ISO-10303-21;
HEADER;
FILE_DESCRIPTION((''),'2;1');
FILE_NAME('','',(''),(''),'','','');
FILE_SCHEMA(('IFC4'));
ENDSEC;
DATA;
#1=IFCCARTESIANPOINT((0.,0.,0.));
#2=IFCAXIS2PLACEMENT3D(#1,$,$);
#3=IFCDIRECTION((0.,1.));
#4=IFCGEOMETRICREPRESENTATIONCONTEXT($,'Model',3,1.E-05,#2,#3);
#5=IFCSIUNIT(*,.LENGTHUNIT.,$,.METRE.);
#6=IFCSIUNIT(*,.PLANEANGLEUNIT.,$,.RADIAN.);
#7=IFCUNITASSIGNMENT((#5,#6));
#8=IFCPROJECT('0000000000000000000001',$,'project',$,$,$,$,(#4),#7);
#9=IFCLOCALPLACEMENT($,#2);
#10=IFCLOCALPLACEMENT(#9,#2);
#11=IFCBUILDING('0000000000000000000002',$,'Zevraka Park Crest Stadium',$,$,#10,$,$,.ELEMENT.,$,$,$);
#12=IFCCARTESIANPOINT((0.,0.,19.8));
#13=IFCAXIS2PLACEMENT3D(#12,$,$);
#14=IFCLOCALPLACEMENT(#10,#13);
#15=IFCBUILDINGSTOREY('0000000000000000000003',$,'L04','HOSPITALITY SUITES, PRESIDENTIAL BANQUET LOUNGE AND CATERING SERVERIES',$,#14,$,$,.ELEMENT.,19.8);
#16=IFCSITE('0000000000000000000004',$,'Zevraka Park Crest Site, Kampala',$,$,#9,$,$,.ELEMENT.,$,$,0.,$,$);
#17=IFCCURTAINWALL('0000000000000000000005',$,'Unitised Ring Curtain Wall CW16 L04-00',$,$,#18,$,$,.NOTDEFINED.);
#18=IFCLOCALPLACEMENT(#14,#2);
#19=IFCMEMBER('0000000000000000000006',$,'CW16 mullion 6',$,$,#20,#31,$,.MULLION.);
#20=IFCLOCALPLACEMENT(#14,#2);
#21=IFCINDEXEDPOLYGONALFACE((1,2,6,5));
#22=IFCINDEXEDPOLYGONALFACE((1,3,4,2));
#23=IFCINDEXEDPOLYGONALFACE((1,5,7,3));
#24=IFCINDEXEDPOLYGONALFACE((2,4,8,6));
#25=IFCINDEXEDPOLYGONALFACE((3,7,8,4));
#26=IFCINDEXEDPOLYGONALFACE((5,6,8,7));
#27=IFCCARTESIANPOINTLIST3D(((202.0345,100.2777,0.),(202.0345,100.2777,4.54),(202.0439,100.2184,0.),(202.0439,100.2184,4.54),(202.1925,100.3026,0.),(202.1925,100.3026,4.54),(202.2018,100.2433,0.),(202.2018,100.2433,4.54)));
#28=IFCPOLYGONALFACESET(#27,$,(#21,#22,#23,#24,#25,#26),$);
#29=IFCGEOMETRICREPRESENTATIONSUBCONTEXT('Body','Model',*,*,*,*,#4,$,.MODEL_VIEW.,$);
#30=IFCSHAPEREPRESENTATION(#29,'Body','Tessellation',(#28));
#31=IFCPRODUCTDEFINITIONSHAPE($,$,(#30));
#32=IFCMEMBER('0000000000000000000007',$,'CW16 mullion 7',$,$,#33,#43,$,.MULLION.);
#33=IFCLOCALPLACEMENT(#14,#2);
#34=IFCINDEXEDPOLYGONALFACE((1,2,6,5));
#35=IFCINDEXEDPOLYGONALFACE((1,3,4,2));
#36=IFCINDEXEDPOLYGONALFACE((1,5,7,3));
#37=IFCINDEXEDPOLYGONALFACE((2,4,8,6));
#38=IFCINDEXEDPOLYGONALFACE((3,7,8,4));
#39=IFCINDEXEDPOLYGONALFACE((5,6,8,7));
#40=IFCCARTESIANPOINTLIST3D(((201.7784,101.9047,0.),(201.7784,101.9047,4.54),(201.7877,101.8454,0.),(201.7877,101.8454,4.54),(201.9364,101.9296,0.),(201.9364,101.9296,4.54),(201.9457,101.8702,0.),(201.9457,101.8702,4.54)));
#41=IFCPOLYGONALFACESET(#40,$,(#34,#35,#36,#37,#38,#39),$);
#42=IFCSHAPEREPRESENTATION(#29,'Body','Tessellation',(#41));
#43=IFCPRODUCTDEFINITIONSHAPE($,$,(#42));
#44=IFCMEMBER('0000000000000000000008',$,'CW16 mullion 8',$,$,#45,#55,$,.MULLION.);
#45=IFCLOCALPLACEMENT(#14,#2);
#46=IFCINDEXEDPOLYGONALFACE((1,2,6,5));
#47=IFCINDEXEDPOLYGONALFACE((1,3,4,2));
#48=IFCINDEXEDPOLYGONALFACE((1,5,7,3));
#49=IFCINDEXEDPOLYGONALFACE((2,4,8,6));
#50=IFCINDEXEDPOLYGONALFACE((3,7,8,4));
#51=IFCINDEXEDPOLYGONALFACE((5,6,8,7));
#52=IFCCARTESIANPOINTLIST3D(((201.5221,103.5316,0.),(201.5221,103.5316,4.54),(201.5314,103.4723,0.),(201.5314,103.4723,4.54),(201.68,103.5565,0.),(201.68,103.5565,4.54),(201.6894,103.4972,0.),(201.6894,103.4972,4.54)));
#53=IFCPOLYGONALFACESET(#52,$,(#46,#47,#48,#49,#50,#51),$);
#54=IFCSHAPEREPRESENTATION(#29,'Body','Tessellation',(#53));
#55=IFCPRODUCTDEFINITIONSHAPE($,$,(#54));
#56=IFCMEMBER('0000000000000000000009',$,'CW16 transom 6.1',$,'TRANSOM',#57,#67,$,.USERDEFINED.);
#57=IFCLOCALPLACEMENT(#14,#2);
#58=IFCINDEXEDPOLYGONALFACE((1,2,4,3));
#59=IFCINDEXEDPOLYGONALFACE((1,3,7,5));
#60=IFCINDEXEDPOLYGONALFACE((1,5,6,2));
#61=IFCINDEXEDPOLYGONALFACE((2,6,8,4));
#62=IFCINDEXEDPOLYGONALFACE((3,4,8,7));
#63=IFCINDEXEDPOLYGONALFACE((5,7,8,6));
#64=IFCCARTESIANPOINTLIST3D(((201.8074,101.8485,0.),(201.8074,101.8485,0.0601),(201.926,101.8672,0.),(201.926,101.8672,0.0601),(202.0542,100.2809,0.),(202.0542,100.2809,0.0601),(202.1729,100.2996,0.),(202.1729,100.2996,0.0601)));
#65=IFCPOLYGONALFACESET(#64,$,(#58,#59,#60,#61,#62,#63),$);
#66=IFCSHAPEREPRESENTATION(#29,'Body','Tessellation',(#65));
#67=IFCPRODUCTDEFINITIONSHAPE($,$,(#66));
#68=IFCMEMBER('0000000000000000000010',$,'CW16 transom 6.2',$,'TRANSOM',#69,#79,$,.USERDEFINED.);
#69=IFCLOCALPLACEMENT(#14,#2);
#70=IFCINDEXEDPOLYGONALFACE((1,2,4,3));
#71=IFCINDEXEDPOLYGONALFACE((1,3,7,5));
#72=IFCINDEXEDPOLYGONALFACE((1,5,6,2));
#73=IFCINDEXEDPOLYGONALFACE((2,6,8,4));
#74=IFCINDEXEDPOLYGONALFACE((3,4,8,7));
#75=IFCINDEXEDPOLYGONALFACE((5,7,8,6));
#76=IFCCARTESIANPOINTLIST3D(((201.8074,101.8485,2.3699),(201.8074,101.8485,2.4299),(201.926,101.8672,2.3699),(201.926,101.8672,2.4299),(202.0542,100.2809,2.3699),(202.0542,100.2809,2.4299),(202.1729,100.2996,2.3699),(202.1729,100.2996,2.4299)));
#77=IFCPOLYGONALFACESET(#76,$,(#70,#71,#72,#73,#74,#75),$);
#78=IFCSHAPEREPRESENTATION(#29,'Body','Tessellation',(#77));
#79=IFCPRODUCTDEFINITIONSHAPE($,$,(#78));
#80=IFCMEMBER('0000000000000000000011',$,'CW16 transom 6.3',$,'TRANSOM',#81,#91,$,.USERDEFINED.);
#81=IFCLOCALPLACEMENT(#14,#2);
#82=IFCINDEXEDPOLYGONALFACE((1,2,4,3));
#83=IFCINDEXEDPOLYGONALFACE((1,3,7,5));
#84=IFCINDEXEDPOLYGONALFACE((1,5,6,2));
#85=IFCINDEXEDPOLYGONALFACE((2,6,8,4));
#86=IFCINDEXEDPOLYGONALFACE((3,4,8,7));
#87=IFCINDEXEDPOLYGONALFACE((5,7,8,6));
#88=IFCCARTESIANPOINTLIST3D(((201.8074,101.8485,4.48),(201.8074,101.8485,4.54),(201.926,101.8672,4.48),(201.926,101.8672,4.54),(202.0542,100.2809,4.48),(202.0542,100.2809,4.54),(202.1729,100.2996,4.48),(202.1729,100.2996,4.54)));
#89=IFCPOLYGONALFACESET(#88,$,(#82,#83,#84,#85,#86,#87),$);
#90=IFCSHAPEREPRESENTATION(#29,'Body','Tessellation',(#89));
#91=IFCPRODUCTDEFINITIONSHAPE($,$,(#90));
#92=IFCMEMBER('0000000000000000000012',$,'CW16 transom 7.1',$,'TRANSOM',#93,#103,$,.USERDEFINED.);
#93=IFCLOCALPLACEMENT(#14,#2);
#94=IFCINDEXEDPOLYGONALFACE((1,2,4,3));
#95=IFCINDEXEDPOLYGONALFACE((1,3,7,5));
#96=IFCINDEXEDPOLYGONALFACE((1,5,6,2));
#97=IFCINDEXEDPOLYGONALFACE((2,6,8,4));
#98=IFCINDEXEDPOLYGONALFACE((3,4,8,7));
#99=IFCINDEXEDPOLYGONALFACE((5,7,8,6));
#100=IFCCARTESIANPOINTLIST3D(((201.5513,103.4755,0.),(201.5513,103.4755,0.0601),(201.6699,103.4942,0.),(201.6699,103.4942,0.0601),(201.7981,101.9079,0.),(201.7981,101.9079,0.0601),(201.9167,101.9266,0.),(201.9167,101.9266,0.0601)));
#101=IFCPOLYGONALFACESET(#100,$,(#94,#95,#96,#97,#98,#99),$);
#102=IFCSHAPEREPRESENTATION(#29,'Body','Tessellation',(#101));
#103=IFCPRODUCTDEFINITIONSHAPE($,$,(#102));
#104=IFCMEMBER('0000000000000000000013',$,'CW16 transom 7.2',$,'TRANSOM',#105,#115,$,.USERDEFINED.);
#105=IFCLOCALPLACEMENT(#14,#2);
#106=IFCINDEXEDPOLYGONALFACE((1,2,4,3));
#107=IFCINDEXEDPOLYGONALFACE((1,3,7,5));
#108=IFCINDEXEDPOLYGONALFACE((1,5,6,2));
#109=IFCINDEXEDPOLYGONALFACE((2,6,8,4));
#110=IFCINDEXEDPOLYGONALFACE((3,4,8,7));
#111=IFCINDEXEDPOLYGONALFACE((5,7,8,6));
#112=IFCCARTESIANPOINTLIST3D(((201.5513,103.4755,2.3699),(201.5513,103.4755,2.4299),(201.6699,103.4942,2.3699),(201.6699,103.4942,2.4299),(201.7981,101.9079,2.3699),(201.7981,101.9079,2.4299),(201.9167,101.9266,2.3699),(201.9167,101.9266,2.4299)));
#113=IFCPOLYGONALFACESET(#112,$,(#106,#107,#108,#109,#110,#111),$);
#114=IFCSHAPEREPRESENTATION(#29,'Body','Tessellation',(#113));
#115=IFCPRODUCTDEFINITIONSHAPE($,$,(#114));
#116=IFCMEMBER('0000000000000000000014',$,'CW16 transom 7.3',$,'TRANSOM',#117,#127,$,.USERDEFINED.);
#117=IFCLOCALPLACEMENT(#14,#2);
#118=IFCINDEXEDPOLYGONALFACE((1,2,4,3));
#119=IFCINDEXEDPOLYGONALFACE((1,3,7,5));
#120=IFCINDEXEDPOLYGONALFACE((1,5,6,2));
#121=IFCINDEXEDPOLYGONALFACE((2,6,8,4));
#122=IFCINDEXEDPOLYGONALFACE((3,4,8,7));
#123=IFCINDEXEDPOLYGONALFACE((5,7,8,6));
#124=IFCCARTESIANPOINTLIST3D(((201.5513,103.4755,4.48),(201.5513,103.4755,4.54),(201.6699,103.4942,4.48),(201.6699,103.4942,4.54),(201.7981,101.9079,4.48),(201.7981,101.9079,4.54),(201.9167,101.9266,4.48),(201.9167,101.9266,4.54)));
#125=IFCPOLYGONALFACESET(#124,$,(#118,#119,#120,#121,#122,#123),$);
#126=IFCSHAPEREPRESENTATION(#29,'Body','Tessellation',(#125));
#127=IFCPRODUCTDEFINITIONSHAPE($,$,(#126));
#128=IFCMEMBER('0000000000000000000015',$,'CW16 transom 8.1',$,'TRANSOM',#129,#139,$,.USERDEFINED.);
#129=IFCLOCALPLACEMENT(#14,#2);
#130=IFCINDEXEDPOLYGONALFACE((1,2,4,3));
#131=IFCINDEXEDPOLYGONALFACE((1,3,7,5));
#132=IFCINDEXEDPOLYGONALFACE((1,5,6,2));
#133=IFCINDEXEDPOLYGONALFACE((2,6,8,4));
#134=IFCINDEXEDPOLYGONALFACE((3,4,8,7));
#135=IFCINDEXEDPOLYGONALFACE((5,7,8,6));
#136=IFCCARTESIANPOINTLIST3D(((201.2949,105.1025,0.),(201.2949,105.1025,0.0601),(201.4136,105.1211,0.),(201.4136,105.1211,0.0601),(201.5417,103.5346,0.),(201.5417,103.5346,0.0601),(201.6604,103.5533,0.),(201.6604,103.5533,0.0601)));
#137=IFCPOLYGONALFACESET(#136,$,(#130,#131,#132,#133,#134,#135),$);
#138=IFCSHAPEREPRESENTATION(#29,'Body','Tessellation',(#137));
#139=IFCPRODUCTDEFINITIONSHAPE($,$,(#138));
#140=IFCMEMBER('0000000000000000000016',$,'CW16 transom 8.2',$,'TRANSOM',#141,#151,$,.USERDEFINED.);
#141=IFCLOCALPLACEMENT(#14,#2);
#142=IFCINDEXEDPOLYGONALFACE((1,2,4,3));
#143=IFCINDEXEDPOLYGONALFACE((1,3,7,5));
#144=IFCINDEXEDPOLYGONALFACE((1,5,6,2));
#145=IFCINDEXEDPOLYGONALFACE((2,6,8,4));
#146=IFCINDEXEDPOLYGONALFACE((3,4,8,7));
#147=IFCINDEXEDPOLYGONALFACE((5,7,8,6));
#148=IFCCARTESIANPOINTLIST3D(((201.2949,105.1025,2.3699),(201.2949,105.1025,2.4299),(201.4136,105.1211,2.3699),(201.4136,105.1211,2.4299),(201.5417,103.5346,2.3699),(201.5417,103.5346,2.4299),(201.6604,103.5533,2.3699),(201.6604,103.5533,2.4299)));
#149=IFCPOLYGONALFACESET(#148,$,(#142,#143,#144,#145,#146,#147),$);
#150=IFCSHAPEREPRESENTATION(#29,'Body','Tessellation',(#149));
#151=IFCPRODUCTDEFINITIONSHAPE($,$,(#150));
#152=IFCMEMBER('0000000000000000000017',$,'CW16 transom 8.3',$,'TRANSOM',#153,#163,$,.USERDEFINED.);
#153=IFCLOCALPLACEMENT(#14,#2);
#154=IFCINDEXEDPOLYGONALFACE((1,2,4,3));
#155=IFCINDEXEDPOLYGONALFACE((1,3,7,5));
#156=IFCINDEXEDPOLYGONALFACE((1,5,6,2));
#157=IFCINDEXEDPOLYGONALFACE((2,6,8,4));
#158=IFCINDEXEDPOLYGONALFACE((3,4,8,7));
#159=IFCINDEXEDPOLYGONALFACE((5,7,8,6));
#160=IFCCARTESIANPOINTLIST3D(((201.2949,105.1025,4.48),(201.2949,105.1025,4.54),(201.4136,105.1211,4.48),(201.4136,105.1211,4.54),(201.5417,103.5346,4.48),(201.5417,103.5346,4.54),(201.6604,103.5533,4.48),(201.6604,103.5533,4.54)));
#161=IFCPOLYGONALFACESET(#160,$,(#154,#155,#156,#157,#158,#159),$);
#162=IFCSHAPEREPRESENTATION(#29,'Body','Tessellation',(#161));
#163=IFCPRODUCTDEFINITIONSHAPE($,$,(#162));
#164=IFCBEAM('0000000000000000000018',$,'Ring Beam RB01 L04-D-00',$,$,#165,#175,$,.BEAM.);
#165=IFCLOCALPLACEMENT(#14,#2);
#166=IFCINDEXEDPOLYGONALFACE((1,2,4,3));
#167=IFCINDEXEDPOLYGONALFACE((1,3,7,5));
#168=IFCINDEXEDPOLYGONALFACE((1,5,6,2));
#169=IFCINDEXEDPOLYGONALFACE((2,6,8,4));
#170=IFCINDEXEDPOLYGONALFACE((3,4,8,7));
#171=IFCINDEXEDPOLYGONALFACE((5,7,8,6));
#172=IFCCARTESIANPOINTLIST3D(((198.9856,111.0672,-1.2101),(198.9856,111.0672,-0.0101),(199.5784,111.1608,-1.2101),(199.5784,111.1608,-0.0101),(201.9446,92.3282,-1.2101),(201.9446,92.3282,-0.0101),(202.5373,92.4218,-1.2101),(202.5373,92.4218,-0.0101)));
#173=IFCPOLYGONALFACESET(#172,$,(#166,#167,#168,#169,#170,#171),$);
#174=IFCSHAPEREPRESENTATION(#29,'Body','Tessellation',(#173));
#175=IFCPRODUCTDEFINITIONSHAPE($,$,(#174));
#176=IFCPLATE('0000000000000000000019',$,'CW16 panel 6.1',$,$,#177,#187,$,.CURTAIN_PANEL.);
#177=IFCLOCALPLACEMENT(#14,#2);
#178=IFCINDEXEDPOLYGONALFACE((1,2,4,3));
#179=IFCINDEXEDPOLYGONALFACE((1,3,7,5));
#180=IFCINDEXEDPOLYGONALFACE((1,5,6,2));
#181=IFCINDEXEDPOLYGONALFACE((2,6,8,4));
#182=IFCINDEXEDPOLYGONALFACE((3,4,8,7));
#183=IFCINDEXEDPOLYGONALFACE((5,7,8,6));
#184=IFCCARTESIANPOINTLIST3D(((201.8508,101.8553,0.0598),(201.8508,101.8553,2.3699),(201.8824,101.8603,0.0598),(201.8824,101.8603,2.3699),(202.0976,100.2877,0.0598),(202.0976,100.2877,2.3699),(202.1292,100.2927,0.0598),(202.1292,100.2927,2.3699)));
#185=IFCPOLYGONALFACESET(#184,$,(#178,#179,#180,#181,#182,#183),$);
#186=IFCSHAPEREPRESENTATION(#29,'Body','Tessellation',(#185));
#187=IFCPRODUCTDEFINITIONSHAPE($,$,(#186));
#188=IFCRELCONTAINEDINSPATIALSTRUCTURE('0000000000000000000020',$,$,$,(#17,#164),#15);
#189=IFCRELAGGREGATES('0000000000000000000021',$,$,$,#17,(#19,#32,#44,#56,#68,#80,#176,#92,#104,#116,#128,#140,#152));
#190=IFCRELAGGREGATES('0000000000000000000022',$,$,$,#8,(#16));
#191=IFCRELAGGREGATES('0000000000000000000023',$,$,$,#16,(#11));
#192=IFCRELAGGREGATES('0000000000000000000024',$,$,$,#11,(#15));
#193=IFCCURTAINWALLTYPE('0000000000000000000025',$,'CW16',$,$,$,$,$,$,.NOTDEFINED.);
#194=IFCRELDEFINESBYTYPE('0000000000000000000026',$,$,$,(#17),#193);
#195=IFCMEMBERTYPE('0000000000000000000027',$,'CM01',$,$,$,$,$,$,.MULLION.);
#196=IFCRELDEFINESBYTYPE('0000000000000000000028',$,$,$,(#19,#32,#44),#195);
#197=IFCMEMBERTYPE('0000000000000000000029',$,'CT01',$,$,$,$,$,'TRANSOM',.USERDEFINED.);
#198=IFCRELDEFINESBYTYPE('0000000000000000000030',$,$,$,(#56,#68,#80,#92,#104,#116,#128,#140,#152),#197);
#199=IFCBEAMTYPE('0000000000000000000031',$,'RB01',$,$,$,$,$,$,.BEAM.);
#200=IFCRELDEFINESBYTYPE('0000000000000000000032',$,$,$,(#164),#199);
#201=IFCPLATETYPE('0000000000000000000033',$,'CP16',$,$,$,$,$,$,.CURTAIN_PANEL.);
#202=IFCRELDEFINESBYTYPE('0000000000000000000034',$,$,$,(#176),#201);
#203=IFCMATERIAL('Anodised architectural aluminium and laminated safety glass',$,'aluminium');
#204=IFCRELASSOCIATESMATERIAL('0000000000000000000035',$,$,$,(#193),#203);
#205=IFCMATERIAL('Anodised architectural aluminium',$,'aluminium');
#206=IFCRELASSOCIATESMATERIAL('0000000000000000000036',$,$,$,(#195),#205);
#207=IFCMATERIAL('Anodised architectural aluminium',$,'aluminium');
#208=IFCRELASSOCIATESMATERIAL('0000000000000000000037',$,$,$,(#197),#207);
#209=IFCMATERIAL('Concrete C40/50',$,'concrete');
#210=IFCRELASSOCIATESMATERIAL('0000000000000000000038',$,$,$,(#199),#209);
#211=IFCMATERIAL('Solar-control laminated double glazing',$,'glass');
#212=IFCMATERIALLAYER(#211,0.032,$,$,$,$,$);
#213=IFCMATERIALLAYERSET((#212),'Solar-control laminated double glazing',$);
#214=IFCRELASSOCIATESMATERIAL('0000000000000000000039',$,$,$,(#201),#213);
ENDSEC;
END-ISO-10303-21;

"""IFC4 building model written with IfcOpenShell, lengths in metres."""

from ifc_helpers import new_model, si_unit, direction, frame, origin, origin_2d, place, context, subcontext, project, spatial, rectangle, extrude, material, layer, layer_set, material_profile, profile_set, type_object, element, aggregate, save


model = new_model("IFC4")

# Units and contexts
model_context = context("Model", 3, precision=1e-05, world=origin(), true_north=direction((0.0, 1.0)))
body_context = subcontext(model_context, "Body", "Model", "MODEL_VIEW")
ifc_project = project(units=[si_unit("LENGTHUNIT", "METRE"), si_unit("PLANEANGLEUNIT", "RADIAN")], contexts=[model_context])

# Site, building, storey
site_placement = place(None, origin())
site = spatial("IfcSite", under=ifc_project, at=site_placement, Name="Zevraka Park Crest Site, Kampala", CompositionType="ELEMENT", RefElevation=0.0)
building_placement = place(site_placement, origin())
building = spatial("IfcBuilding", under=site, at=building_placement, Name="Zevraka Park Crest Stadium", CompositionType="ELEMENT")
storey_placement = place(building_placement, frame((0.0, 0.0, 19.8)))
storey = spatial("IfcBuildingStorey", under=building, at=storey_placement, Name="L04", Description="HOSPITALITY SUITES, PRESIDENTIAL BANQUET LOUNGE AND CATERING SERVERIES", CompositionType="ELEMENT", Elevation=19.8)

# Curtain wall, members
ifc_material_1 = material(Name="Anodised architectural aluminium and laminated safety glass", Category="aluminium")
curtain_wall_type = type_object("IfcCurtainWallType", Name="CW16", PredefinedType="NOTDEFINED", material=ifc_material_1)
curtain_wall_placement = place(storey_placement, origin())
curtain_wall = element("IfcCurtainWall", 1, at=curtain_wall_placement, inside=storey, type_object=curtain_wall_type, Name="Unitised Ring Curtain Wall CW16 L04-00", PredefinedType="NOTDEFINED")
ifc_material_2 = material(Name="Anodised architectural aluminium", Category="aluminium")
ifc_material_profile_1 = material_profile(ifc_material_2, rectangle(XDim=0.1599, YDim=0.0601, at=origin_2d()), Name="ALU MULLION 160x60")
ifc_profile_set_1 = profile_set([ifc_material_profile_1], Name="Anodised architectural aluminium")
member_type_1 = type_object("IfcMemberType", Name="CM01", PredefinedType="MULLION", material=ifc_profile_set_1)
member_1_placement = place(storey_placement, frame((202.1182, 100.2605, 0.0), z_axis=(0.0, 0.0, 1.0), x_axis=(-0.98783, -0.155539, 0.0)))
member_1 = element("IfcMember", 2, at=member_1_placement, type_object=member_type_1, Name="CW16 mullion 6", PredefinedType="MULLION", context=body_context, shape_type="SweptSolid", body=[
    extrude(rectangle(XDim=0.1599, YDim=0.0601, at=origin_2d()), origin(), (0.0, 0.0, 1.0), 4.54),
])
member_2_placement = place(storey_placement, frame((201.8621, 101.8875, 0.0), z_axis=(0.0, 0.0, 1.0), x_axis=(-0.98783, -0.155539, 0.0)))
member_2 = element("IfcMember", 3, at=member_2_placement, type_object=member_type_1, Name="CW16 mullion 7", PredefinedType="MULLION", context=body_context, shape_type="SweptSolid", body=[
    extrude(rectangle(XDim=0.1599, YDim=0.0601, at=origin_2d()), origin(), (0.0, 0.0, 1.0), 4.54),
])
member_3_placement = place(storey_placement, frame((201.6057, 103.5144, 0.0), z_axis=(0.0, 0.0, 1.0), x_axis=(-0.98783, -0.155539, 0.0)))
member_3 = element("IfcMember", 4, at=member_3_placement, type_object=member_type_1, Name="CW16 mullion 8", PredefinedType="MULLION", context=body_context, shape_type="SweptSolid", body=[
    extrude(rectangle(XDim=0.1599, YDim=0.0601, at=origin_2d()), origin(), (0.0, 0.0, 1.0), 4.54),
])
ifc_material_3 = material(Name="Anodised architectural aluminium", Category="aluminium")
ifc_material_profile_2 = material_profile(ifc_material_3, rectangle(XDim=0.1201, YDim=0.0601, at=origin_2d()), Name="ALU TRANSOM 120x60")
ifc_profile_set_2 = profile_set([ifc_material_profile_2], Name="Anodised architectural aluminium")
member_type_2 = type_object("IfcMemberType", Name="CT01", ElementType="TRANSOM", PredefinedType="USERDEFINED", material=ifc_profile_set_2)
member_4_placement = place(storey_placement, frame((202.1135, 100.2903, 0.03), z_axis=(-0.155536, 0.98783, 0.0), x_axis=(-0.98783, -0.155536, 0.0)))
member_4 = element("IfcMember", 5, at=member_4_placement, type_object=member_type_2, Name="CW16 transom 6.1", ObjectType="TRANSOM", PredefinedType="USERDEFINED", context=body_context, shape_type="SweptSolid", body=[
    extrude(rectangle(XDim=0.1201, YDim=0.0601, at=origin_2d()), origin(), (0.0, 0.0, 1.0), 1.5869),
])
member_5_placement = place(storey_placement, frame((202.1135, 100.2903, 2.3999), z_axis=(-0.155536, 0.98783, 0.0), x_axis=(-0.98783, -0.155536, 0.0)))
member_5 = element("IfcMember", 6, at=member_5_placement, type_object=member_type_2, Name="CW16 transom 6.2", ObjectType="TRANSOM", PredefinedType="USERDEFINED", context=body_context, shape_type="SweptSolid", body=[
    extrude(rectangle(XDim=0.1201, YDim=0.0601, at=origin_2d()), origin(), (0.0, 0.0, 1.0), 1.5869),
])
member_6_placement = place(storey_placement, frame((202.1135, 100.2903, 4.51), z_axis=(-0.155536, 0.98783, 0.0), x_axis=(-0.98783, -0.155536, 0.0)))
member_6 = element("IfcMember", 7, at=member_6_placement, type_object=member_type_2, Name="CW16 transom 6.3", ObjectType="TRANSOM", PredefinedType="USERDEFINED", context=body_context, shape_type="SweptSolid", body=[
    extrude(rectangle(XDim=0.1201, YDim=0.0601, at=origin_2d()), origin(), (0.0, 0.0, 1.0), 1.5869),
])
member_7_placement = place(storey_placement, frame((201.8574, 101.9172, 0.03), z_axis=(-0.155536, 0.98783, 0.0), x_axis=(-0.98783, -0.155536, 0.0)))
member_7 = element("IfcMember", 8, at=member_7_placement, type_object=member_type_2, Name="CW16 transom 7.1", ObjectType="TRANSOM", PredefinedType="USERDEFINED", context=body_context, shape_type="SweptSolid", body=[
    extrude(rectangle(XDim=0.1201, YDim=0.0601, at=origin_2d()), origin(), (0.0, 0.0, 1.0), 1.5869),
])
member_8_placement = place(storey_placement, frame((201.8574, 101.9172, 2.3999), z_axis=(-0.155536, 0.98783, 0.0), x_axis=(-0.98783, -0.155536, 0.0)))
member_8 = element("IfcMember", 9, at=member_8_placement, type_object=member_type_2, Name="CW16 transom 7.2", ObjectType="TRANSOM", PredefinedType="USERDEFINED", context=body_context, shape_type="SweptSolid", body=[
    extrude(rectangle(XDim=0.1201, YDim=0.0601, at=origin_2d()), origin(), (0.0, 0.0, 1.0), 1.5869),
])
member_9_placement = place(storey_placement, frame((201.8574, 101.9172, 4.51), z_axis=(-0.155536, 0.98783, 0.0), x_axis=(-0.98783, -0.155536, 0.0)))
member_9 = element("IfcMember", 10, at=member_9_placement, type_object=member_type_2, Name="CW16 transom 7.3", ObjectType="TRANSOM", PredefinedType="USERDEFINED", context=body_context, shape_type="SweptSolid", body=[
    extrude(rectangle(XDim=0.1201, YDim=0.0601, at=origin_2d()), origin(), (0.0, 0.0, 1.0), 1.5869),
])
member_10_placement = place(storey_placement, frame((201.6011, 103.5439, 0.03), z_axis=(-0.155512, 0.987834, 0.0), x_axis=(-0.987834, -0.155512, 0.0)))
member_10 = element("IfcMember", 11, at=member_10_placement, type_object=member_type_2, Name="CW16 transom 8.1", ObjectType="TRANSOM", PredefinedType="USERDEFINED", context=body_context, shape_type="SweptSolid", body=[
    extrude(rectangle(XDim=0.1201, YDim=0.0601, at=origin_2d()), origin(), (0.0, 0.0, 1.0), 1.5872),
])
member_11_placement = place(storey_placement, frame((201.6011, 103.5439, 2.3999), z_axis=(-0.155512, 0.987834, 0.0), x_axis=(-0.987834, -0.155512, 0.0)))
member_11 = element("IfcMember", 12, at=member_11_placement, type_object=member_type_2, Name="CW16 transom 8.2", ObjectType="TRANSOM", PredefinedType="USERDEFINED", context=body_context, shape_type="SweptSolid", body=[
    extrude(rectangle(XDim=0.1201, YDim=0.0601, at=origin_2d()), origin(), (0.0, 0.0, 1.0), 1.5872),
])
member_12_placement = place(storey_placement, frame((201.6011, 103.5439, 4.51), z_axis=(-0.155512, 0.987834, 0.0), x_axis=(-0.987834, -0.155512, 0.0)))
member_12 = element("IfcMember", 13, at=member_12_placement, type_object=member_type_2, Name="CW16 transom 8.3", ObjectType="TRANSOM", PredefinedType="USERDEFINED", context=body_context, shape_type="SweptSolid", body=[
    extrude(rectangle(XDim=0.1201, YDim=0.0601, at=origin_2d()), origin(), (0.0, 0.0, 1.0), 1.5872),
])

# Beam
ifc_material_4 = material(Name="Concrete C40/50", Category="concrete")
ifc_material_profile_3 = material_profile(ifc_material_4, rectangle(XDim=0.6001, YDim=1.2, at=origin_2d()), Name="RC 1200x600")
ifc_profile_set_3 = profile_set([ifc_material_profile_3], Name="Concrete C40/50")
beam_type = type_object("IfcBeamType", Name="RB01", PredefinedType="BEAM", material=ifc_profile_set_3)
beam_placement = place(storey_placement, frame((202.241, 92.375, -0.6101), z_axis=(-0.155972, 0.987761, 0.0), x_axis=(-0.987761, -0.155972, 0.0)))
element("IfcBeam", 14, at=beam_placement, inside=storey, type_object=beam_type, Name="Ring Beam RB01 L04-D-00", PredefinedType="BEAM", context=body_context, shape_type="SweptSolid", body=[
    extrude(rectangle(XDim=0.6001, YDim=1.2, at=origin_2d()), origin(), (0.0, 0.0, 1.0), 18.9712),
])

# Plate
ifc_material_5 = material(Name="Solar-control laminated double glazing", Category="glass")
ifc_layer_1 = layer(ifc_material_5, 0.032)
ifc_layer_set_1 = layer_set([ifc_layer_1], Name="Solar-control laminated double glazing")
plate_type = type_object("IfcPlateType", Name="CP16", PredefinedType="CURTAIN_PANEL", material=ifc_layer_set_1)
plate_1_placement = place(storey_placement, frame((201.99, 101.074, 0.0598), z_axis=(0.0, 0.0, 1.0), x_axis=(-0.155539, 0.98783, 0.0)))
plate_1 = element("IfcPlate", 15, at=plate_1_placement, type_object=plate_type, Name="CW16 panel 6.1", PredefinedType="CURTAIN_PANEL", context=body_context, shape_type="SweptSolid", body=[
    extrude(rectangle(XDim=1.5869, YDim=0.032, at=origin_2d()), origin(), (0.0, 0.0, 1.0), 2.3101),
])
aggregate(curtain_wall, [member_1, member_2, member_3, member_4, member_5, member_6, plate_1, member_7, member_8, member_9, member_10, member_11, member_12])

save(model, "model.ifc")
